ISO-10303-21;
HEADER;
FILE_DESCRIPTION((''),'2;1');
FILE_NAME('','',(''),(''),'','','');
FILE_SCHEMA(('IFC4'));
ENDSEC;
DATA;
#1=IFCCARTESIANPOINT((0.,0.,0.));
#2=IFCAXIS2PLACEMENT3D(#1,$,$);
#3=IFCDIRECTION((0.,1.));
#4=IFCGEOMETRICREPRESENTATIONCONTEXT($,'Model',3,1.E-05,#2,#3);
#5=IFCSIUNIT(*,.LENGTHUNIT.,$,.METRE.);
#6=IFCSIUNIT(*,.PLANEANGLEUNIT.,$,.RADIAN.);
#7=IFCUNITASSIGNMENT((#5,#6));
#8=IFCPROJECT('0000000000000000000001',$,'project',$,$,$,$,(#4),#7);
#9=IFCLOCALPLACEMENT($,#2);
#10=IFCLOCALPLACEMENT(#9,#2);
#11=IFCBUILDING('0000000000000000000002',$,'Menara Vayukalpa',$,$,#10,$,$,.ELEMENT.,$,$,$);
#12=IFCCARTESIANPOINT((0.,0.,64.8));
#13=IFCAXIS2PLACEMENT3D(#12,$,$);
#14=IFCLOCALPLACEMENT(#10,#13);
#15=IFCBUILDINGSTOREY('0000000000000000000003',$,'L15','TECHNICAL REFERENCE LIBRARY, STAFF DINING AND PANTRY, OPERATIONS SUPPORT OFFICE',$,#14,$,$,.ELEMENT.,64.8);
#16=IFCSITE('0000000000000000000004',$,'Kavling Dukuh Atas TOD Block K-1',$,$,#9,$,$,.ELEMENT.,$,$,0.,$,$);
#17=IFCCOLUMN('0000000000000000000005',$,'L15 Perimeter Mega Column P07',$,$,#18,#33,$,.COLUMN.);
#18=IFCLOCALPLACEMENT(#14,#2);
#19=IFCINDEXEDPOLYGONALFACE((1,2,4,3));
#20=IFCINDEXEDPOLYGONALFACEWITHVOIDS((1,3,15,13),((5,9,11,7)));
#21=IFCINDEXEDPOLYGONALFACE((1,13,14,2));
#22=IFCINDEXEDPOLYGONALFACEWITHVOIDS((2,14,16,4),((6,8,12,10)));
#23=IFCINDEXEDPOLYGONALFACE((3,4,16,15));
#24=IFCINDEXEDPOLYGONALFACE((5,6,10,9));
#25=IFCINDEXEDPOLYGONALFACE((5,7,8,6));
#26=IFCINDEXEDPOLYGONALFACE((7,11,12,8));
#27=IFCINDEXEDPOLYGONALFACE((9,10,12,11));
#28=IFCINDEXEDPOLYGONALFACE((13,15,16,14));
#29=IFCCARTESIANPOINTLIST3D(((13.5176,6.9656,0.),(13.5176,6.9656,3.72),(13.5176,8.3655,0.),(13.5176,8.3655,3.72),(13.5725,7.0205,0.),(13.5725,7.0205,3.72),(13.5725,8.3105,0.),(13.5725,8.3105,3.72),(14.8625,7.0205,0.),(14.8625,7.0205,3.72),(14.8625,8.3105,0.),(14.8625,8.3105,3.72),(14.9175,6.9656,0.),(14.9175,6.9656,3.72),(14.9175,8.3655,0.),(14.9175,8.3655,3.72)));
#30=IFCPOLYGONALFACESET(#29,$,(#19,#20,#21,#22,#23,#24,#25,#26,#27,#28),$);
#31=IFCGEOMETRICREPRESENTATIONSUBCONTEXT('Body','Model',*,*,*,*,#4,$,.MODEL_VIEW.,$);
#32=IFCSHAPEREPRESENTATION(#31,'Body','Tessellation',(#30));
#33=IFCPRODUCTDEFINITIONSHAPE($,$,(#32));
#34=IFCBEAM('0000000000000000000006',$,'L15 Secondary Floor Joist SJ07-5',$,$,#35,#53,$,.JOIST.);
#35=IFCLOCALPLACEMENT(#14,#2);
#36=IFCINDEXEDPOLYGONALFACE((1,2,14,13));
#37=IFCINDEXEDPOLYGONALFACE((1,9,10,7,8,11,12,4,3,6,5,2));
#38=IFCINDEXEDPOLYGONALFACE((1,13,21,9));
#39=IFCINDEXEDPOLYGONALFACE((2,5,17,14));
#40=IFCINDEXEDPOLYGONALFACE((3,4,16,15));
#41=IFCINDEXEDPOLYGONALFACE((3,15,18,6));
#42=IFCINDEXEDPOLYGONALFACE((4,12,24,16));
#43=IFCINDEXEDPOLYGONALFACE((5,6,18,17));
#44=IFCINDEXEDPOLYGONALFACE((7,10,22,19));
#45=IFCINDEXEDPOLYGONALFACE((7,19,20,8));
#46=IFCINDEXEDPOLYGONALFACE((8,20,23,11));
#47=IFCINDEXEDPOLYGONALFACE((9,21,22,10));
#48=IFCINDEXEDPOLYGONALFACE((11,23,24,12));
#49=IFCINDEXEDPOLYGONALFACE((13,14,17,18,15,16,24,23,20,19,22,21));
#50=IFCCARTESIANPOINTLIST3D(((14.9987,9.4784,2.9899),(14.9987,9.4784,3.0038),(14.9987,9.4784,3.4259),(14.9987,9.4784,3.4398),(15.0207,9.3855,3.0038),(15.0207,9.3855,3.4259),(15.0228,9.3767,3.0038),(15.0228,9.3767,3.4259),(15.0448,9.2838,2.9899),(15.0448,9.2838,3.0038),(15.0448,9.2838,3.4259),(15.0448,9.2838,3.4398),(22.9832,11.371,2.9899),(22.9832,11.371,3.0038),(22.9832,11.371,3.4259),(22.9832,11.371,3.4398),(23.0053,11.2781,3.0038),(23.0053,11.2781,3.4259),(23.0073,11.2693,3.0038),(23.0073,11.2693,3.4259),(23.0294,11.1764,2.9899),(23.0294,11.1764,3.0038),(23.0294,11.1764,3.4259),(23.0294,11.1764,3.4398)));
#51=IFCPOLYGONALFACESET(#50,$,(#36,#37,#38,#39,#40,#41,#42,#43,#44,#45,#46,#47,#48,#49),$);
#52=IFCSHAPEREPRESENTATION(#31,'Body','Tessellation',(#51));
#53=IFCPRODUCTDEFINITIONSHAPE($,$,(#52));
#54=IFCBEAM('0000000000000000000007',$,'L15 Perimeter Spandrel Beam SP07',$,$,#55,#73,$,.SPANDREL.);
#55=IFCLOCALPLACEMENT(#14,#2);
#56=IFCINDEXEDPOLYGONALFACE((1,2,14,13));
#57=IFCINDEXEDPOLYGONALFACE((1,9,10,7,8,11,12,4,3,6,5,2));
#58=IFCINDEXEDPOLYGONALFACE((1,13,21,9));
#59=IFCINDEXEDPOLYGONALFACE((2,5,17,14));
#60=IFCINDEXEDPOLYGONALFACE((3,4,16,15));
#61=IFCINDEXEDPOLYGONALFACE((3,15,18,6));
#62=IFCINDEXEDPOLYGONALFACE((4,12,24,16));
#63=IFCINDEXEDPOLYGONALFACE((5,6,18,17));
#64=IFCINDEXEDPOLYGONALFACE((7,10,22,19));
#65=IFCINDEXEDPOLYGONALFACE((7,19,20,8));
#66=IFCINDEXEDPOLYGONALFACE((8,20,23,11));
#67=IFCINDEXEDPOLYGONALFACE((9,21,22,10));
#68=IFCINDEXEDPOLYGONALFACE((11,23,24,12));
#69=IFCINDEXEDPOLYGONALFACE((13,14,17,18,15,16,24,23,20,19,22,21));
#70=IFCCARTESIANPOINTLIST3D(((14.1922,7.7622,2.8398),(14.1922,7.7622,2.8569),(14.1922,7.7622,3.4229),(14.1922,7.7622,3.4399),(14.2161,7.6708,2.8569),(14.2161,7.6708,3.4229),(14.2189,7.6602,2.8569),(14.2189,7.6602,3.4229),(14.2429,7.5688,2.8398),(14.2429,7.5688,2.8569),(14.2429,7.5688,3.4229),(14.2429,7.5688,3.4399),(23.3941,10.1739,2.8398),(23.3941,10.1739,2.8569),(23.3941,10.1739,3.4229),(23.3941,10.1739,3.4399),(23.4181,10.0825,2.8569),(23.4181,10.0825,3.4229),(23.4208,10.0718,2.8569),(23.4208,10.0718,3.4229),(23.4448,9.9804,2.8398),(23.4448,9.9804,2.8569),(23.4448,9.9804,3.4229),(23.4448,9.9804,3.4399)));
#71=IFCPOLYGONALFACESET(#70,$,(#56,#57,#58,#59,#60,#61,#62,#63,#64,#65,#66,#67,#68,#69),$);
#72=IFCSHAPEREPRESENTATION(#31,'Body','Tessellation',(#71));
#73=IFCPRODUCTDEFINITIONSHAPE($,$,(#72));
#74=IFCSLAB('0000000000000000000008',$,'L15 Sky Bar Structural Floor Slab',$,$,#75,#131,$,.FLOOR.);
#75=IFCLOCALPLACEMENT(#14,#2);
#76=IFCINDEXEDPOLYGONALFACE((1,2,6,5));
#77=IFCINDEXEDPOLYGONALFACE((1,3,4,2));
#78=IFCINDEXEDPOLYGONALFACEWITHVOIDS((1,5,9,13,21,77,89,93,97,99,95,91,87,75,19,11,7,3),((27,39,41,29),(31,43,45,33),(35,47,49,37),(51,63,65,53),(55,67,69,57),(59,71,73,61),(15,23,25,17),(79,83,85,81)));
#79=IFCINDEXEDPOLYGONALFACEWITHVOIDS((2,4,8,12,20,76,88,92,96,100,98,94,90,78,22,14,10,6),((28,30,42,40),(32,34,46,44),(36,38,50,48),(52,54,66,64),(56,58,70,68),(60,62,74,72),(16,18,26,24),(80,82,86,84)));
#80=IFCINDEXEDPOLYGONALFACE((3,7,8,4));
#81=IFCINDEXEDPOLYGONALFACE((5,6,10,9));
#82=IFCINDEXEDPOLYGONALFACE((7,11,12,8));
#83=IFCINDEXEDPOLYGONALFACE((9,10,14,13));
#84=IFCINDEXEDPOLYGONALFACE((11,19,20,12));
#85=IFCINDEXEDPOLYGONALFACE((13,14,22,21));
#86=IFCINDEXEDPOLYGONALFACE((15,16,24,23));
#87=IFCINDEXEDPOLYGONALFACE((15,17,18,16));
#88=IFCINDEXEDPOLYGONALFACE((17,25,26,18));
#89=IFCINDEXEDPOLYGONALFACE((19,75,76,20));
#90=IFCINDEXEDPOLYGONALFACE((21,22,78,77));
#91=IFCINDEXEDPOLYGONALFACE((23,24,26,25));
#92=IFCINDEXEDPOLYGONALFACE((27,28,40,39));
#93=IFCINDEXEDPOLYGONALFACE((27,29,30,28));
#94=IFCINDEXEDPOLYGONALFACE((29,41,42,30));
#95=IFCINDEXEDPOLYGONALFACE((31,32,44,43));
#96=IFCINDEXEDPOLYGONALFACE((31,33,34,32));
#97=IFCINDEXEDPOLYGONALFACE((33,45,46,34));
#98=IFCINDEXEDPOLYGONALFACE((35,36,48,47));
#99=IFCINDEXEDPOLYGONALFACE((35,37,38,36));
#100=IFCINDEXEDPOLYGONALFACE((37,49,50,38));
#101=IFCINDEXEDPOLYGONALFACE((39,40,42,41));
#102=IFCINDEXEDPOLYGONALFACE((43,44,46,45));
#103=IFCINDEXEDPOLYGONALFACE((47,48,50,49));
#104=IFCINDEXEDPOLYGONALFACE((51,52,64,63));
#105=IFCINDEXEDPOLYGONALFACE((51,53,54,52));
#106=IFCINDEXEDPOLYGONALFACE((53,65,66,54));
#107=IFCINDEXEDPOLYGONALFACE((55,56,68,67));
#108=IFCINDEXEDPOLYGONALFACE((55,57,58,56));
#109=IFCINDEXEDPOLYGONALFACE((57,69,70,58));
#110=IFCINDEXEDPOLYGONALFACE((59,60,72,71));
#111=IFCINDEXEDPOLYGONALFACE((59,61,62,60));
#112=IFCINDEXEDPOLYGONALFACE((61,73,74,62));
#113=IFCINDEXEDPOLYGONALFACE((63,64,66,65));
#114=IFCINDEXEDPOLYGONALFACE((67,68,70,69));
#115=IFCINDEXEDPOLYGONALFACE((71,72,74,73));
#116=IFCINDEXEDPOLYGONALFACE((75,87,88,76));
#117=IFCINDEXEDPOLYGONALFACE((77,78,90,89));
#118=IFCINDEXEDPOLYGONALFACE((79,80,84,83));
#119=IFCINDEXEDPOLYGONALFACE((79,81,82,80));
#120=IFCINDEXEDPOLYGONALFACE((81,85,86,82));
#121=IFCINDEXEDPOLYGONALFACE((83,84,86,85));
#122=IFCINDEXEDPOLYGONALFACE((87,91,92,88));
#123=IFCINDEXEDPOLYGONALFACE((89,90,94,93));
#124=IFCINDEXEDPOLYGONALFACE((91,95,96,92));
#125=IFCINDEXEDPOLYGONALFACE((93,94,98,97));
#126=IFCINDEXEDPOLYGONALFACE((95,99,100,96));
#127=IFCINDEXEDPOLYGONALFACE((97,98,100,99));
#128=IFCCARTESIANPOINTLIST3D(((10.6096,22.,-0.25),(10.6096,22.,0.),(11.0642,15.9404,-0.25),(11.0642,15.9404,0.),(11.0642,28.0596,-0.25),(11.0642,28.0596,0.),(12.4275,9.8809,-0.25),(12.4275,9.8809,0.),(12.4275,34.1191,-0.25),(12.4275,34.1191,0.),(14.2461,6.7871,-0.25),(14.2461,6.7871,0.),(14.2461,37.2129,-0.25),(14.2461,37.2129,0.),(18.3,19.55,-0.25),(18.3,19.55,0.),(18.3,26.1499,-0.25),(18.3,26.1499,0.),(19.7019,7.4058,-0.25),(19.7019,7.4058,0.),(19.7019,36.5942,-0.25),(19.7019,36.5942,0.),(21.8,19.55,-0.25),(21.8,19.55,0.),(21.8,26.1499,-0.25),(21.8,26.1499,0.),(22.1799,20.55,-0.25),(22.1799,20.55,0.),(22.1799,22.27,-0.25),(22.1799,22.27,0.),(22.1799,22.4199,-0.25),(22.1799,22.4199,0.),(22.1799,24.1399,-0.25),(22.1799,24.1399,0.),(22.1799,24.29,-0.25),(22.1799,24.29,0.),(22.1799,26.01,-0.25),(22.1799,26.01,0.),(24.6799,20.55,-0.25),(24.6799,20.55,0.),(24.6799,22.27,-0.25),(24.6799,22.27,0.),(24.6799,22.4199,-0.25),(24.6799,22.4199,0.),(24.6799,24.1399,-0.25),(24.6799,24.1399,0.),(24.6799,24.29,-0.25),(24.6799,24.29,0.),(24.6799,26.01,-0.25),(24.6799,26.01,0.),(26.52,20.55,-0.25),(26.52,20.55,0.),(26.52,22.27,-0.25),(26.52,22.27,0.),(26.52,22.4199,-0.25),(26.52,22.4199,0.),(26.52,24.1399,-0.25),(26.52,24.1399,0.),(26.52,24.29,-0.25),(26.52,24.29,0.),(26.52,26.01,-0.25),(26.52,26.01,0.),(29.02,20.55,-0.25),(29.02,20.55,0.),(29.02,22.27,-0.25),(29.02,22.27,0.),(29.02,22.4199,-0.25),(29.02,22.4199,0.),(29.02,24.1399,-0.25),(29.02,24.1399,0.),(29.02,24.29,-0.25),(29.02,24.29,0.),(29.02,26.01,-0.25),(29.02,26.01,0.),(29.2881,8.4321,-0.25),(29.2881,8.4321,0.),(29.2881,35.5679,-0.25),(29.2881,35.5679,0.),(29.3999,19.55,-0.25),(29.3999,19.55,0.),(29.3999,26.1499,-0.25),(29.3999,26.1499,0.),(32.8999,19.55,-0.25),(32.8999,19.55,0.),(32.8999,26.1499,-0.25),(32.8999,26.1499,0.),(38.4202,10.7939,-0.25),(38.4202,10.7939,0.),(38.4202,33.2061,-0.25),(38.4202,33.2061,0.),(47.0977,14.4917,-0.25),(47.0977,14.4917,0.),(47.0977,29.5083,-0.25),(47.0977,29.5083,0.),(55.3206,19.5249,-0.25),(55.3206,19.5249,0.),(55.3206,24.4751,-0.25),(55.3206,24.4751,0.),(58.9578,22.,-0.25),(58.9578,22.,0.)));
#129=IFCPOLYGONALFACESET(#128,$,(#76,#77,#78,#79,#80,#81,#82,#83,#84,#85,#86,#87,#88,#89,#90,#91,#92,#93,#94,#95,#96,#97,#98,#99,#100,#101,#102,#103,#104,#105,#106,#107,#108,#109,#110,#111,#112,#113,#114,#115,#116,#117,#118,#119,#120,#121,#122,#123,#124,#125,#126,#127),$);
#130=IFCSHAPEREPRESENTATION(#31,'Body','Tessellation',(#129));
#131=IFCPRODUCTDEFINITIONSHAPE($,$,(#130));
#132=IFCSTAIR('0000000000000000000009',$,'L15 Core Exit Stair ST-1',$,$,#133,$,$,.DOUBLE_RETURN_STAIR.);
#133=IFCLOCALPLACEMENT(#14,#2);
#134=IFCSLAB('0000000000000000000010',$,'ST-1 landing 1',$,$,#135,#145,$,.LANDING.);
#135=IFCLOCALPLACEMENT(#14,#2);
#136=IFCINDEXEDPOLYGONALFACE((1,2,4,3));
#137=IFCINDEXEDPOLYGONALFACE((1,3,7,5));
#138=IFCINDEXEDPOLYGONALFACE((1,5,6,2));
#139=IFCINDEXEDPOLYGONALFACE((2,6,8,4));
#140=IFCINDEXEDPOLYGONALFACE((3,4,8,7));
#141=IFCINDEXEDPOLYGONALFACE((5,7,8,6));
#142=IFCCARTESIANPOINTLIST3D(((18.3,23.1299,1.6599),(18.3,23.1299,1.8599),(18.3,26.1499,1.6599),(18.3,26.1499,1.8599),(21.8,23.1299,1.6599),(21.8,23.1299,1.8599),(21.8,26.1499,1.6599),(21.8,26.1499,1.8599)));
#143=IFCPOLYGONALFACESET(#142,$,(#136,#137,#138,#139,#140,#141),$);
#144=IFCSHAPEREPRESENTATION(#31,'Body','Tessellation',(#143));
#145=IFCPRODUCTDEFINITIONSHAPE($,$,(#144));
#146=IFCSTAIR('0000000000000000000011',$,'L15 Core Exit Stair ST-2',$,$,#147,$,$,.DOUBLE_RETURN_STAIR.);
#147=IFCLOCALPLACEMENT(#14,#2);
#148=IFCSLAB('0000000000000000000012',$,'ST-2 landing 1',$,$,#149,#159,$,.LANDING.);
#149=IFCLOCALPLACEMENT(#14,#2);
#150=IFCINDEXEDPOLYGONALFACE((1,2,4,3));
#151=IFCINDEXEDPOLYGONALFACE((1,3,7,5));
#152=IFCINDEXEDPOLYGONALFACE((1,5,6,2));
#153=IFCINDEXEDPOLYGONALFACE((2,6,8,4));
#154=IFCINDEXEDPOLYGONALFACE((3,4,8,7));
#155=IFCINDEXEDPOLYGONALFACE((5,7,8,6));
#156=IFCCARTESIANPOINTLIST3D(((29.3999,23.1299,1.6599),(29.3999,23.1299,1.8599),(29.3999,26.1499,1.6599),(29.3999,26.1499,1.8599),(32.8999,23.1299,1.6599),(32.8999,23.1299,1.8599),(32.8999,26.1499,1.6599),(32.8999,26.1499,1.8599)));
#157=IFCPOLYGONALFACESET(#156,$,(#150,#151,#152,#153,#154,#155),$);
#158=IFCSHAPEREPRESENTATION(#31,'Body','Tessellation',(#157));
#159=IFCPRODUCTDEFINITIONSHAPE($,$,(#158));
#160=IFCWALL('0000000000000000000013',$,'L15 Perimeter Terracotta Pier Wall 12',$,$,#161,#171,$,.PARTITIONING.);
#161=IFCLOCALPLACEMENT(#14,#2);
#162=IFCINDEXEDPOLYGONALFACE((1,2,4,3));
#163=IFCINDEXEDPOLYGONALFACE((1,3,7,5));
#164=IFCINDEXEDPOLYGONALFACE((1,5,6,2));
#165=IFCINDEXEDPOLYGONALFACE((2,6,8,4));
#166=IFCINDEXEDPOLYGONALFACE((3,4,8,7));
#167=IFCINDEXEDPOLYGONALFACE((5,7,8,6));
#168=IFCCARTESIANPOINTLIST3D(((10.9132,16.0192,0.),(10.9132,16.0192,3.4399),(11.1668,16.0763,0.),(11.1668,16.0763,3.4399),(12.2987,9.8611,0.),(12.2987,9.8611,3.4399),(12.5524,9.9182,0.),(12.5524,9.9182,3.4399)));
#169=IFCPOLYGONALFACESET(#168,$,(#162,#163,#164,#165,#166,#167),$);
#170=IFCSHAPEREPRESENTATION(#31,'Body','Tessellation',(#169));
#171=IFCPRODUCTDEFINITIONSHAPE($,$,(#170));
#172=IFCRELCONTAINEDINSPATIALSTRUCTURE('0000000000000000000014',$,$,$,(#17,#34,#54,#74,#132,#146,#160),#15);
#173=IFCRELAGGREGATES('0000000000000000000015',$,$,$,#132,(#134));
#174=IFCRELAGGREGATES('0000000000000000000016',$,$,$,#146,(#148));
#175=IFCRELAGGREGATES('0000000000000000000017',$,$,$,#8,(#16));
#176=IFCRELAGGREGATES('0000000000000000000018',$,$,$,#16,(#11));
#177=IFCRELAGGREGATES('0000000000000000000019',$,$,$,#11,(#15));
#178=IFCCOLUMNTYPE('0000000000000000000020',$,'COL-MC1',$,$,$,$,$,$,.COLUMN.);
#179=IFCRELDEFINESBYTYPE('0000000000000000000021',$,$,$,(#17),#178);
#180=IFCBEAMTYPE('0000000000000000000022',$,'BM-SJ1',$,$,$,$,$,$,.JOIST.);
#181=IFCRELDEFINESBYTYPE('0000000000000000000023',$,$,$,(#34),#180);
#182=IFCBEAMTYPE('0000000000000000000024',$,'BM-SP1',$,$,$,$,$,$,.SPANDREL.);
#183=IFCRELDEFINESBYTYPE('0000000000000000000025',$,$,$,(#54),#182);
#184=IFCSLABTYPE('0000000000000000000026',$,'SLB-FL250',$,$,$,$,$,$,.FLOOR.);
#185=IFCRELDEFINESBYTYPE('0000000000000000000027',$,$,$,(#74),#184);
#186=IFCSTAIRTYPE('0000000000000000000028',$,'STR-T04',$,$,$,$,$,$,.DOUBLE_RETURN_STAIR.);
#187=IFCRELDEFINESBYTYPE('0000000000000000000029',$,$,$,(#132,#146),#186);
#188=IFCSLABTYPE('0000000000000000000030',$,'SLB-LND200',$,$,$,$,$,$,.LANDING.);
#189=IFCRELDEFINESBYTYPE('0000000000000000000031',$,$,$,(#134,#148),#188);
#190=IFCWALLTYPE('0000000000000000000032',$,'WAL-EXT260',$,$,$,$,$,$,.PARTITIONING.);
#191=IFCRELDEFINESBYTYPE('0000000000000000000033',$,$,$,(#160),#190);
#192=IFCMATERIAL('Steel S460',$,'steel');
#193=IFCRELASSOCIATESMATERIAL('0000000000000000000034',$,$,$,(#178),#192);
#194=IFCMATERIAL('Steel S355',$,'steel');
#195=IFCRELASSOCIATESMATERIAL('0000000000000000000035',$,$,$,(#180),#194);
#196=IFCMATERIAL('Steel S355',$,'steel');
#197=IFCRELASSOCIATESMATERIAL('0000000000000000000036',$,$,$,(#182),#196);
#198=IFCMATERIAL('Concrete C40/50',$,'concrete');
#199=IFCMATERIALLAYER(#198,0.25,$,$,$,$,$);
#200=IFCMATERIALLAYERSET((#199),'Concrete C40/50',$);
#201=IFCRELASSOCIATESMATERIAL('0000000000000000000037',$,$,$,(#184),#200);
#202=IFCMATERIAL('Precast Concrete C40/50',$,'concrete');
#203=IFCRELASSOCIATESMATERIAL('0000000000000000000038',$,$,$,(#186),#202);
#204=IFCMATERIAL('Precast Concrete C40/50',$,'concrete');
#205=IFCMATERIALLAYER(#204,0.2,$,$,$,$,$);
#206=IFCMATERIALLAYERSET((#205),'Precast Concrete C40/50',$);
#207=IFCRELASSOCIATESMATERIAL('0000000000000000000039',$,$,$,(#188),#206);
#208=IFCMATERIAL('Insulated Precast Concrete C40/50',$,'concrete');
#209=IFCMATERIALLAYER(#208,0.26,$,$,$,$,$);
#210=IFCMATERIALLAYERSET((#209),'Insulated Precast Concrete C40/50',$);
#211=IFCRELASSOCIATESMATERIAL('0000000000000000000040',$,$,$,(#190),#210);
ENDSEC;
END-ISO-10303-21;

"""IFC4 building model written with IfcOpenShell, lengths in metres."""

from ifc_helpers import new_model, si_unit, direction, frame, frame_2d, origin, origin_2d, place, context, subcontext, project, spatial, polyline, rectangle, hollow_rectangle, i_section, outline, extrude, material, layer, layer_set, material_profile, profile_set, type_object, element, aggregate, save


model = new_model("IFC4")

# Units and contexts
model_context = context("Model", 3, precision=1e-05, world=origin(), true_north=direction((0.0, 1.0)))
body_context = subcontext(model_context, "Body", "Model", "MODEL_VIEW")
ifc_project = project(units=[si_unit("LENGTHUNIT", "METRE"), si_unit("PLANEANGLEUNIT", "RADIAN")], contexts=[model_context])

# Site, building, storey
site_placement = place(None, origin())
site = spatial("IfcSite", under=ifc_project, at=site_placement, Name="Kavling Dukuh Atas TOD Block K-1", CompositionType="ELEMENT", RefElevation=0.0)
building_placement = place(site_placement, origin())
building = spatial("IfcBuilding", under=site, at=building_placement, Name="Menara Vayukalpa", CompositionType="ELEMENT")
storey_placement = place(building_placement, frame((0.0, 0.0, 64.8)))
storey = spatial("IfcBuildingStorey", under=building, at=storey_placement, Name="L15", Description="TECHNICAL REFERENCE LIBRARY, STAFF DINING AND PANTRY, OPERATIONS SUPPORT OFFICE", CompositionType="ELEMENT", Elevation=64.8)

# Column
ifc_material_1 = material(Name="Steel S460", Category="steel")
ifc_material_profile_1 = material_profile(ifc_material_1, hollow_rectangle(XDim=1.3999, YDim=1.3999, WallThickness=0.0549, at=origin_2d()), Name="BOX 1400x1400x55")
ifc_profile_set_1 = profile_set([ifc_material_profile_1], Name="Steel S460")
column_type = type_object("IfcColumnType", Name="COL-MC1", PredefinedType="COLUMN", material=ifc_profile_set_1)
column_placement = place(storey_placement, frame((14.2175, 7.6655, 0.0), z_axis=(0.0, 0.0, 1.0), x_axis=(1.0, 0.0, 0.0)))
element("IfcColumn", 1, at=column_placement, inside=storey, type_object=column_type, Name="L15 Perimeter Mega Column P07", PredefinedType="COLUMN", context=body_context, shape_type="SweptSolid", body=[
    extrude(hollow_rectangle(XDim=1.3999, YDim=1.3999, WallThickness=0.0549, at=origin_2d()), origin(), (0.0, 0.0, 1.0), 3.72),
])

# Beams
ifc_material_2 = material(Name="Steel S355", Category="steel")
ifc_material_profile_2 = material_profile(ifc_material_2, i_section(OverallWidth=0.2, OverallDepth=0.45, WebThickness=0.009, FlangeThickness=0.0139, at=origin_2d()), Name="WF 450x200x9x14")
ifc_profile_set_2 = profile_set([ifc_material_profile_2], Name="Steel S355")
beam_type_1 = type_object("IfcBeamType", Name="BM-SJ1", PredefinedType="JOIST", material=ifc_profile_set_2)
beam_1_placement = place(storey_placement, frame((15.0217, 9.3811, 3.2148), z_axis=(0.97304, 0.230638, 0.0), x_axis=(-0.230638, 0.97304, 0.0)))
element("IfcBeam", 2, at=beam_1_placement, inside=storey, type_object=beam_type_1, Name="L15 Secondary Floor Joist SJ07-5", PredefinedType="JOIST", context=body_context, shape_type="SweptSolid", body=[
    extrude(i_section(OverallWidth=0.2, OverallDepth=0.45, WebThickness=0.009, FlangeThickness=0.0139, at=origin_2d()), origin(), (0.0, 0.0, 1.0), 8.2058),
])
ifc_material_3 = material(Name="Steel S355", Category="steel")
ifc_material_profile_3 = material_profile(ifc_material_3, i_section(OverallWidth=0.2, OverallDepth=0.6001, WebThickness=0.011, FlangeThickness=0.0171, at=origin_2d()), Name="WF 600x200x11x17")
ifc_profile_set_3 = profile_set([ifc_material_profile_3], Name="Steel S355")
beam_type_2 = type_object("IfcBeamType", Name="BM-SP1", PredefinedType="SPANDREL", material=ifc_profile_set_3)
beam_2_placement = place(storey_placement, frame((14.2175, 7.6655, 3.1399), z_axis=(0.967331, 0.253517, 0.0), x_axis=(-0.253517, 0.967331, 0.0)))
element("IfcBeam", 3, at=beam_2_placement, inside=storey, type_object=beam_type_2, Name="L15 Perimeter Spandrel Beam SP07", PredefinedType="SPANDREL", context=body_context, shape_type="SweptSolid", body=[
    extrude(i_section(OverallWidth=0.2, OverallDepth=0.6001, WebThickness=0.011, FlangeThickness=0.0171, at=origin_2d()), origin(), (0.0, 0.0, 1.0), 9.5127),
])

# Slab
ifc_material_4 = material(Name="Concrete C40/50", Category="concrete")
ifc_layer_1 = layer(ifc_material_4, 0.25)
ifc_layer_set_1 = layer_set([ifc_layer_1], Name="Concrete C40/50")
slab_type_1 = type_object("IfcSlabType", Name="SLB-FL250", PredefinedType="FLOOR", material=ifc_layer_set_1)
slab_1_placement = place(storey_placement, frame((0.0, 0.0, -0.25)))
element("IfcSlab", 4, at=slab_1_placement, inside=storey, type_object=slab_type_1, Name="L15 Sky Bar Structural Floor Slab", PredefinedType="FLOOR", context=body_context, shape_type="SweptSolid", body=[
    extrude(outline(polyline([(55.3206, 19.5249), (58.9578, 22.0), (55.3206, 24.4751), (47.0977, 29.5083), (38.4202, 33.2061), (29.2881, 35.5679), (19.7019, 36.5942), (14.2461, 37.2129), (12.4275, 34.1191), (11.0642, 28.0596), (10.6096, 22.0), (11.0642, 15.9404), (12.4275, 9.8809), (14.2461, 6.7871), (19.7019, 7.4058), (29.2881, 8.4321), (38.4202, 10.7939), (47.0977, 14.4917), (55.3206, 19.5249)]), holes=[polyline([(21.8, 19.55), (21.8, 26.1499), (18.3, 26.1499), (18.3, 19.55), (21.8, 19.55)]), polyline([(32.8999, 19.55), (32.8999, 26.1499), (29.3999, 26.1499), (29.3999, 19.55), (32.8999, 19.55)]), polyline([(22.1799, 20.55), (24.6799, 20.55), (24.6799, 22.27), (22.1799, 22.27), (22.1799, 20.55)]), polyline([(26.52, 20.55), (29.02, 20.55), (29.02, 22.27), (26.52, 22.27), (26.52, 20.55)]), polyline([(22.1799, 22.4199), (24.6799, 22.4199), (24.6799, 24.1399), (22.1799, 24.1399), (22.1799, 22.4199)]), polyline([(22.1799, 24.29), (24.6799, 24.29), (24.6799, 26.01), (22.1799, 26.01), (22.1799, 24.29)]), polyline([(26.52, 24.29), (29.02, 24.29), (29.02, 26.01), (26.52, 26.01), (26.52, 24.29)]), polyline([(26.52, 22.4199), (29.02, 22.4199), (29.02, 24.1399), (26.52, 24.1399), (26.52, 22.4199)])]), origin(), (0.0, 0.0, 1.0), 0.25),
])

# Stairs, slabs
ifc_material_5 = material(Name="Precast Concrete C40/50", Category="concrete")
stair_type = type_object("IfcStairType", Name="STR-T04", PredefinedType="DOUBLE_RETURN_STAIR", material=ifc_material_5)
stair_1_placement = place(storey_placement, origin())
stair_1 = element("IfcStair", 5, at=stair_1_placement, inside=storey, type_object=stair_type, Name="L15 Core Exit Stair ST-1", PredefinedType="DOUBLE_RETURN_STAIR")
ifc_material_6 = material(Name="Precast Concrete C40/50", Category="concrete")
ifc_layer_2 = layer(ifc_material_6, 0.2)
ifc_layer_set_2 = layer_set([ifc_layer_2], Name="Precast Concrete C40/50")
slab_type_2 = type_object("IfcSlabType", Name="SLB-LND200", PredefinedType="LANDING", material=ifc_layer_set_2)
slab_2_placement = place(storey_placement, frame((0.0, 0.0, 1.6599)))
slab_2 = element("IfcSlab", 6, at=slab_2_placement, type_object=slab_type_2, Name="ST-1 landing 1", PredefinedType="LANDING", context=body_context, shape_type="SweptSolid", body=[
    extrude(outline(polyline([(21.8, 23.1299), (21.8, 26.1499), (18.3, 26.1499), (18.3, 23.1299), (21.8, 23.1299)])), origin(), (0.0, 0.0, 1.0), 0.2),
])
aggregate(stair_1, [slab_2])
stair_2_placement = place(storey_placement, origin())
stair_2 = element("IfcStair", 7, at=stair_2_placement, inside=storey, type_object=stair_type, Name="L15 Core Exit Stair ST-2", PredefinedType="DOUBLE_RETURN_STAIR")
slab_3_placement = place(storey_placement, frame((0.0, 0.0, 1.6599)))
slab_3 = element("IfcSlab", 8, at=slab_3_placement, type_object=slab_type_2, Name="ST-2 landing 1", PredefinedType="LANDING", context=body_context, shape_type="SweptSolid", body=[
    extrude(outline(polyline([(32.8999, 23.1299), (32.8999, 26.1499), (29.3999, 26.1499), (29.3999, 23.1299), (32.8999, 23.1299)])), origin(), (0.0, 0.0, 1.0), 0.2),
])
aggregate(stair_2, [slab_3])

# Wall
ifc_material_7 = material(Name="Insulated Precast Concrete C40/50", Category="concrete")
ifc_layer_3 = layer(ifc_material_7, 0.26)
ifc_layer_set_3 = layer_set([ifc_layer_3], Name="Insulated Precast Concrete C40/50")
wall_type_1 = type_object("IfcWallType", Name="WAL-EXT260", PredefinedType="PARTITIONING", material=ifc_layer_set_3)
wall_1_placement = place(storey_placement, frame((12.4255, 9.8896, 0.0), z_axis=(0.0, 0.0, 1.0), x_axis=(-0.219506, 0.975611, 0.0)))
element("IfcWall", 9, at=wall_1_placement, inside=storey, type_object=wall_type_1, Name="L15 Perimeter Terracotta Pier Wall 12", PredefinedType="PARTITIONING", context=body_context, shape_type="SweptSolid", body=[
    extrude(rectangle(XDim=6.312, YDim=0.26, at=frame_2d((3.156, 0.0))), origin(), (0.0, 0.0, 1.0), 3.4399),
])

save(model, "model.ifc")
